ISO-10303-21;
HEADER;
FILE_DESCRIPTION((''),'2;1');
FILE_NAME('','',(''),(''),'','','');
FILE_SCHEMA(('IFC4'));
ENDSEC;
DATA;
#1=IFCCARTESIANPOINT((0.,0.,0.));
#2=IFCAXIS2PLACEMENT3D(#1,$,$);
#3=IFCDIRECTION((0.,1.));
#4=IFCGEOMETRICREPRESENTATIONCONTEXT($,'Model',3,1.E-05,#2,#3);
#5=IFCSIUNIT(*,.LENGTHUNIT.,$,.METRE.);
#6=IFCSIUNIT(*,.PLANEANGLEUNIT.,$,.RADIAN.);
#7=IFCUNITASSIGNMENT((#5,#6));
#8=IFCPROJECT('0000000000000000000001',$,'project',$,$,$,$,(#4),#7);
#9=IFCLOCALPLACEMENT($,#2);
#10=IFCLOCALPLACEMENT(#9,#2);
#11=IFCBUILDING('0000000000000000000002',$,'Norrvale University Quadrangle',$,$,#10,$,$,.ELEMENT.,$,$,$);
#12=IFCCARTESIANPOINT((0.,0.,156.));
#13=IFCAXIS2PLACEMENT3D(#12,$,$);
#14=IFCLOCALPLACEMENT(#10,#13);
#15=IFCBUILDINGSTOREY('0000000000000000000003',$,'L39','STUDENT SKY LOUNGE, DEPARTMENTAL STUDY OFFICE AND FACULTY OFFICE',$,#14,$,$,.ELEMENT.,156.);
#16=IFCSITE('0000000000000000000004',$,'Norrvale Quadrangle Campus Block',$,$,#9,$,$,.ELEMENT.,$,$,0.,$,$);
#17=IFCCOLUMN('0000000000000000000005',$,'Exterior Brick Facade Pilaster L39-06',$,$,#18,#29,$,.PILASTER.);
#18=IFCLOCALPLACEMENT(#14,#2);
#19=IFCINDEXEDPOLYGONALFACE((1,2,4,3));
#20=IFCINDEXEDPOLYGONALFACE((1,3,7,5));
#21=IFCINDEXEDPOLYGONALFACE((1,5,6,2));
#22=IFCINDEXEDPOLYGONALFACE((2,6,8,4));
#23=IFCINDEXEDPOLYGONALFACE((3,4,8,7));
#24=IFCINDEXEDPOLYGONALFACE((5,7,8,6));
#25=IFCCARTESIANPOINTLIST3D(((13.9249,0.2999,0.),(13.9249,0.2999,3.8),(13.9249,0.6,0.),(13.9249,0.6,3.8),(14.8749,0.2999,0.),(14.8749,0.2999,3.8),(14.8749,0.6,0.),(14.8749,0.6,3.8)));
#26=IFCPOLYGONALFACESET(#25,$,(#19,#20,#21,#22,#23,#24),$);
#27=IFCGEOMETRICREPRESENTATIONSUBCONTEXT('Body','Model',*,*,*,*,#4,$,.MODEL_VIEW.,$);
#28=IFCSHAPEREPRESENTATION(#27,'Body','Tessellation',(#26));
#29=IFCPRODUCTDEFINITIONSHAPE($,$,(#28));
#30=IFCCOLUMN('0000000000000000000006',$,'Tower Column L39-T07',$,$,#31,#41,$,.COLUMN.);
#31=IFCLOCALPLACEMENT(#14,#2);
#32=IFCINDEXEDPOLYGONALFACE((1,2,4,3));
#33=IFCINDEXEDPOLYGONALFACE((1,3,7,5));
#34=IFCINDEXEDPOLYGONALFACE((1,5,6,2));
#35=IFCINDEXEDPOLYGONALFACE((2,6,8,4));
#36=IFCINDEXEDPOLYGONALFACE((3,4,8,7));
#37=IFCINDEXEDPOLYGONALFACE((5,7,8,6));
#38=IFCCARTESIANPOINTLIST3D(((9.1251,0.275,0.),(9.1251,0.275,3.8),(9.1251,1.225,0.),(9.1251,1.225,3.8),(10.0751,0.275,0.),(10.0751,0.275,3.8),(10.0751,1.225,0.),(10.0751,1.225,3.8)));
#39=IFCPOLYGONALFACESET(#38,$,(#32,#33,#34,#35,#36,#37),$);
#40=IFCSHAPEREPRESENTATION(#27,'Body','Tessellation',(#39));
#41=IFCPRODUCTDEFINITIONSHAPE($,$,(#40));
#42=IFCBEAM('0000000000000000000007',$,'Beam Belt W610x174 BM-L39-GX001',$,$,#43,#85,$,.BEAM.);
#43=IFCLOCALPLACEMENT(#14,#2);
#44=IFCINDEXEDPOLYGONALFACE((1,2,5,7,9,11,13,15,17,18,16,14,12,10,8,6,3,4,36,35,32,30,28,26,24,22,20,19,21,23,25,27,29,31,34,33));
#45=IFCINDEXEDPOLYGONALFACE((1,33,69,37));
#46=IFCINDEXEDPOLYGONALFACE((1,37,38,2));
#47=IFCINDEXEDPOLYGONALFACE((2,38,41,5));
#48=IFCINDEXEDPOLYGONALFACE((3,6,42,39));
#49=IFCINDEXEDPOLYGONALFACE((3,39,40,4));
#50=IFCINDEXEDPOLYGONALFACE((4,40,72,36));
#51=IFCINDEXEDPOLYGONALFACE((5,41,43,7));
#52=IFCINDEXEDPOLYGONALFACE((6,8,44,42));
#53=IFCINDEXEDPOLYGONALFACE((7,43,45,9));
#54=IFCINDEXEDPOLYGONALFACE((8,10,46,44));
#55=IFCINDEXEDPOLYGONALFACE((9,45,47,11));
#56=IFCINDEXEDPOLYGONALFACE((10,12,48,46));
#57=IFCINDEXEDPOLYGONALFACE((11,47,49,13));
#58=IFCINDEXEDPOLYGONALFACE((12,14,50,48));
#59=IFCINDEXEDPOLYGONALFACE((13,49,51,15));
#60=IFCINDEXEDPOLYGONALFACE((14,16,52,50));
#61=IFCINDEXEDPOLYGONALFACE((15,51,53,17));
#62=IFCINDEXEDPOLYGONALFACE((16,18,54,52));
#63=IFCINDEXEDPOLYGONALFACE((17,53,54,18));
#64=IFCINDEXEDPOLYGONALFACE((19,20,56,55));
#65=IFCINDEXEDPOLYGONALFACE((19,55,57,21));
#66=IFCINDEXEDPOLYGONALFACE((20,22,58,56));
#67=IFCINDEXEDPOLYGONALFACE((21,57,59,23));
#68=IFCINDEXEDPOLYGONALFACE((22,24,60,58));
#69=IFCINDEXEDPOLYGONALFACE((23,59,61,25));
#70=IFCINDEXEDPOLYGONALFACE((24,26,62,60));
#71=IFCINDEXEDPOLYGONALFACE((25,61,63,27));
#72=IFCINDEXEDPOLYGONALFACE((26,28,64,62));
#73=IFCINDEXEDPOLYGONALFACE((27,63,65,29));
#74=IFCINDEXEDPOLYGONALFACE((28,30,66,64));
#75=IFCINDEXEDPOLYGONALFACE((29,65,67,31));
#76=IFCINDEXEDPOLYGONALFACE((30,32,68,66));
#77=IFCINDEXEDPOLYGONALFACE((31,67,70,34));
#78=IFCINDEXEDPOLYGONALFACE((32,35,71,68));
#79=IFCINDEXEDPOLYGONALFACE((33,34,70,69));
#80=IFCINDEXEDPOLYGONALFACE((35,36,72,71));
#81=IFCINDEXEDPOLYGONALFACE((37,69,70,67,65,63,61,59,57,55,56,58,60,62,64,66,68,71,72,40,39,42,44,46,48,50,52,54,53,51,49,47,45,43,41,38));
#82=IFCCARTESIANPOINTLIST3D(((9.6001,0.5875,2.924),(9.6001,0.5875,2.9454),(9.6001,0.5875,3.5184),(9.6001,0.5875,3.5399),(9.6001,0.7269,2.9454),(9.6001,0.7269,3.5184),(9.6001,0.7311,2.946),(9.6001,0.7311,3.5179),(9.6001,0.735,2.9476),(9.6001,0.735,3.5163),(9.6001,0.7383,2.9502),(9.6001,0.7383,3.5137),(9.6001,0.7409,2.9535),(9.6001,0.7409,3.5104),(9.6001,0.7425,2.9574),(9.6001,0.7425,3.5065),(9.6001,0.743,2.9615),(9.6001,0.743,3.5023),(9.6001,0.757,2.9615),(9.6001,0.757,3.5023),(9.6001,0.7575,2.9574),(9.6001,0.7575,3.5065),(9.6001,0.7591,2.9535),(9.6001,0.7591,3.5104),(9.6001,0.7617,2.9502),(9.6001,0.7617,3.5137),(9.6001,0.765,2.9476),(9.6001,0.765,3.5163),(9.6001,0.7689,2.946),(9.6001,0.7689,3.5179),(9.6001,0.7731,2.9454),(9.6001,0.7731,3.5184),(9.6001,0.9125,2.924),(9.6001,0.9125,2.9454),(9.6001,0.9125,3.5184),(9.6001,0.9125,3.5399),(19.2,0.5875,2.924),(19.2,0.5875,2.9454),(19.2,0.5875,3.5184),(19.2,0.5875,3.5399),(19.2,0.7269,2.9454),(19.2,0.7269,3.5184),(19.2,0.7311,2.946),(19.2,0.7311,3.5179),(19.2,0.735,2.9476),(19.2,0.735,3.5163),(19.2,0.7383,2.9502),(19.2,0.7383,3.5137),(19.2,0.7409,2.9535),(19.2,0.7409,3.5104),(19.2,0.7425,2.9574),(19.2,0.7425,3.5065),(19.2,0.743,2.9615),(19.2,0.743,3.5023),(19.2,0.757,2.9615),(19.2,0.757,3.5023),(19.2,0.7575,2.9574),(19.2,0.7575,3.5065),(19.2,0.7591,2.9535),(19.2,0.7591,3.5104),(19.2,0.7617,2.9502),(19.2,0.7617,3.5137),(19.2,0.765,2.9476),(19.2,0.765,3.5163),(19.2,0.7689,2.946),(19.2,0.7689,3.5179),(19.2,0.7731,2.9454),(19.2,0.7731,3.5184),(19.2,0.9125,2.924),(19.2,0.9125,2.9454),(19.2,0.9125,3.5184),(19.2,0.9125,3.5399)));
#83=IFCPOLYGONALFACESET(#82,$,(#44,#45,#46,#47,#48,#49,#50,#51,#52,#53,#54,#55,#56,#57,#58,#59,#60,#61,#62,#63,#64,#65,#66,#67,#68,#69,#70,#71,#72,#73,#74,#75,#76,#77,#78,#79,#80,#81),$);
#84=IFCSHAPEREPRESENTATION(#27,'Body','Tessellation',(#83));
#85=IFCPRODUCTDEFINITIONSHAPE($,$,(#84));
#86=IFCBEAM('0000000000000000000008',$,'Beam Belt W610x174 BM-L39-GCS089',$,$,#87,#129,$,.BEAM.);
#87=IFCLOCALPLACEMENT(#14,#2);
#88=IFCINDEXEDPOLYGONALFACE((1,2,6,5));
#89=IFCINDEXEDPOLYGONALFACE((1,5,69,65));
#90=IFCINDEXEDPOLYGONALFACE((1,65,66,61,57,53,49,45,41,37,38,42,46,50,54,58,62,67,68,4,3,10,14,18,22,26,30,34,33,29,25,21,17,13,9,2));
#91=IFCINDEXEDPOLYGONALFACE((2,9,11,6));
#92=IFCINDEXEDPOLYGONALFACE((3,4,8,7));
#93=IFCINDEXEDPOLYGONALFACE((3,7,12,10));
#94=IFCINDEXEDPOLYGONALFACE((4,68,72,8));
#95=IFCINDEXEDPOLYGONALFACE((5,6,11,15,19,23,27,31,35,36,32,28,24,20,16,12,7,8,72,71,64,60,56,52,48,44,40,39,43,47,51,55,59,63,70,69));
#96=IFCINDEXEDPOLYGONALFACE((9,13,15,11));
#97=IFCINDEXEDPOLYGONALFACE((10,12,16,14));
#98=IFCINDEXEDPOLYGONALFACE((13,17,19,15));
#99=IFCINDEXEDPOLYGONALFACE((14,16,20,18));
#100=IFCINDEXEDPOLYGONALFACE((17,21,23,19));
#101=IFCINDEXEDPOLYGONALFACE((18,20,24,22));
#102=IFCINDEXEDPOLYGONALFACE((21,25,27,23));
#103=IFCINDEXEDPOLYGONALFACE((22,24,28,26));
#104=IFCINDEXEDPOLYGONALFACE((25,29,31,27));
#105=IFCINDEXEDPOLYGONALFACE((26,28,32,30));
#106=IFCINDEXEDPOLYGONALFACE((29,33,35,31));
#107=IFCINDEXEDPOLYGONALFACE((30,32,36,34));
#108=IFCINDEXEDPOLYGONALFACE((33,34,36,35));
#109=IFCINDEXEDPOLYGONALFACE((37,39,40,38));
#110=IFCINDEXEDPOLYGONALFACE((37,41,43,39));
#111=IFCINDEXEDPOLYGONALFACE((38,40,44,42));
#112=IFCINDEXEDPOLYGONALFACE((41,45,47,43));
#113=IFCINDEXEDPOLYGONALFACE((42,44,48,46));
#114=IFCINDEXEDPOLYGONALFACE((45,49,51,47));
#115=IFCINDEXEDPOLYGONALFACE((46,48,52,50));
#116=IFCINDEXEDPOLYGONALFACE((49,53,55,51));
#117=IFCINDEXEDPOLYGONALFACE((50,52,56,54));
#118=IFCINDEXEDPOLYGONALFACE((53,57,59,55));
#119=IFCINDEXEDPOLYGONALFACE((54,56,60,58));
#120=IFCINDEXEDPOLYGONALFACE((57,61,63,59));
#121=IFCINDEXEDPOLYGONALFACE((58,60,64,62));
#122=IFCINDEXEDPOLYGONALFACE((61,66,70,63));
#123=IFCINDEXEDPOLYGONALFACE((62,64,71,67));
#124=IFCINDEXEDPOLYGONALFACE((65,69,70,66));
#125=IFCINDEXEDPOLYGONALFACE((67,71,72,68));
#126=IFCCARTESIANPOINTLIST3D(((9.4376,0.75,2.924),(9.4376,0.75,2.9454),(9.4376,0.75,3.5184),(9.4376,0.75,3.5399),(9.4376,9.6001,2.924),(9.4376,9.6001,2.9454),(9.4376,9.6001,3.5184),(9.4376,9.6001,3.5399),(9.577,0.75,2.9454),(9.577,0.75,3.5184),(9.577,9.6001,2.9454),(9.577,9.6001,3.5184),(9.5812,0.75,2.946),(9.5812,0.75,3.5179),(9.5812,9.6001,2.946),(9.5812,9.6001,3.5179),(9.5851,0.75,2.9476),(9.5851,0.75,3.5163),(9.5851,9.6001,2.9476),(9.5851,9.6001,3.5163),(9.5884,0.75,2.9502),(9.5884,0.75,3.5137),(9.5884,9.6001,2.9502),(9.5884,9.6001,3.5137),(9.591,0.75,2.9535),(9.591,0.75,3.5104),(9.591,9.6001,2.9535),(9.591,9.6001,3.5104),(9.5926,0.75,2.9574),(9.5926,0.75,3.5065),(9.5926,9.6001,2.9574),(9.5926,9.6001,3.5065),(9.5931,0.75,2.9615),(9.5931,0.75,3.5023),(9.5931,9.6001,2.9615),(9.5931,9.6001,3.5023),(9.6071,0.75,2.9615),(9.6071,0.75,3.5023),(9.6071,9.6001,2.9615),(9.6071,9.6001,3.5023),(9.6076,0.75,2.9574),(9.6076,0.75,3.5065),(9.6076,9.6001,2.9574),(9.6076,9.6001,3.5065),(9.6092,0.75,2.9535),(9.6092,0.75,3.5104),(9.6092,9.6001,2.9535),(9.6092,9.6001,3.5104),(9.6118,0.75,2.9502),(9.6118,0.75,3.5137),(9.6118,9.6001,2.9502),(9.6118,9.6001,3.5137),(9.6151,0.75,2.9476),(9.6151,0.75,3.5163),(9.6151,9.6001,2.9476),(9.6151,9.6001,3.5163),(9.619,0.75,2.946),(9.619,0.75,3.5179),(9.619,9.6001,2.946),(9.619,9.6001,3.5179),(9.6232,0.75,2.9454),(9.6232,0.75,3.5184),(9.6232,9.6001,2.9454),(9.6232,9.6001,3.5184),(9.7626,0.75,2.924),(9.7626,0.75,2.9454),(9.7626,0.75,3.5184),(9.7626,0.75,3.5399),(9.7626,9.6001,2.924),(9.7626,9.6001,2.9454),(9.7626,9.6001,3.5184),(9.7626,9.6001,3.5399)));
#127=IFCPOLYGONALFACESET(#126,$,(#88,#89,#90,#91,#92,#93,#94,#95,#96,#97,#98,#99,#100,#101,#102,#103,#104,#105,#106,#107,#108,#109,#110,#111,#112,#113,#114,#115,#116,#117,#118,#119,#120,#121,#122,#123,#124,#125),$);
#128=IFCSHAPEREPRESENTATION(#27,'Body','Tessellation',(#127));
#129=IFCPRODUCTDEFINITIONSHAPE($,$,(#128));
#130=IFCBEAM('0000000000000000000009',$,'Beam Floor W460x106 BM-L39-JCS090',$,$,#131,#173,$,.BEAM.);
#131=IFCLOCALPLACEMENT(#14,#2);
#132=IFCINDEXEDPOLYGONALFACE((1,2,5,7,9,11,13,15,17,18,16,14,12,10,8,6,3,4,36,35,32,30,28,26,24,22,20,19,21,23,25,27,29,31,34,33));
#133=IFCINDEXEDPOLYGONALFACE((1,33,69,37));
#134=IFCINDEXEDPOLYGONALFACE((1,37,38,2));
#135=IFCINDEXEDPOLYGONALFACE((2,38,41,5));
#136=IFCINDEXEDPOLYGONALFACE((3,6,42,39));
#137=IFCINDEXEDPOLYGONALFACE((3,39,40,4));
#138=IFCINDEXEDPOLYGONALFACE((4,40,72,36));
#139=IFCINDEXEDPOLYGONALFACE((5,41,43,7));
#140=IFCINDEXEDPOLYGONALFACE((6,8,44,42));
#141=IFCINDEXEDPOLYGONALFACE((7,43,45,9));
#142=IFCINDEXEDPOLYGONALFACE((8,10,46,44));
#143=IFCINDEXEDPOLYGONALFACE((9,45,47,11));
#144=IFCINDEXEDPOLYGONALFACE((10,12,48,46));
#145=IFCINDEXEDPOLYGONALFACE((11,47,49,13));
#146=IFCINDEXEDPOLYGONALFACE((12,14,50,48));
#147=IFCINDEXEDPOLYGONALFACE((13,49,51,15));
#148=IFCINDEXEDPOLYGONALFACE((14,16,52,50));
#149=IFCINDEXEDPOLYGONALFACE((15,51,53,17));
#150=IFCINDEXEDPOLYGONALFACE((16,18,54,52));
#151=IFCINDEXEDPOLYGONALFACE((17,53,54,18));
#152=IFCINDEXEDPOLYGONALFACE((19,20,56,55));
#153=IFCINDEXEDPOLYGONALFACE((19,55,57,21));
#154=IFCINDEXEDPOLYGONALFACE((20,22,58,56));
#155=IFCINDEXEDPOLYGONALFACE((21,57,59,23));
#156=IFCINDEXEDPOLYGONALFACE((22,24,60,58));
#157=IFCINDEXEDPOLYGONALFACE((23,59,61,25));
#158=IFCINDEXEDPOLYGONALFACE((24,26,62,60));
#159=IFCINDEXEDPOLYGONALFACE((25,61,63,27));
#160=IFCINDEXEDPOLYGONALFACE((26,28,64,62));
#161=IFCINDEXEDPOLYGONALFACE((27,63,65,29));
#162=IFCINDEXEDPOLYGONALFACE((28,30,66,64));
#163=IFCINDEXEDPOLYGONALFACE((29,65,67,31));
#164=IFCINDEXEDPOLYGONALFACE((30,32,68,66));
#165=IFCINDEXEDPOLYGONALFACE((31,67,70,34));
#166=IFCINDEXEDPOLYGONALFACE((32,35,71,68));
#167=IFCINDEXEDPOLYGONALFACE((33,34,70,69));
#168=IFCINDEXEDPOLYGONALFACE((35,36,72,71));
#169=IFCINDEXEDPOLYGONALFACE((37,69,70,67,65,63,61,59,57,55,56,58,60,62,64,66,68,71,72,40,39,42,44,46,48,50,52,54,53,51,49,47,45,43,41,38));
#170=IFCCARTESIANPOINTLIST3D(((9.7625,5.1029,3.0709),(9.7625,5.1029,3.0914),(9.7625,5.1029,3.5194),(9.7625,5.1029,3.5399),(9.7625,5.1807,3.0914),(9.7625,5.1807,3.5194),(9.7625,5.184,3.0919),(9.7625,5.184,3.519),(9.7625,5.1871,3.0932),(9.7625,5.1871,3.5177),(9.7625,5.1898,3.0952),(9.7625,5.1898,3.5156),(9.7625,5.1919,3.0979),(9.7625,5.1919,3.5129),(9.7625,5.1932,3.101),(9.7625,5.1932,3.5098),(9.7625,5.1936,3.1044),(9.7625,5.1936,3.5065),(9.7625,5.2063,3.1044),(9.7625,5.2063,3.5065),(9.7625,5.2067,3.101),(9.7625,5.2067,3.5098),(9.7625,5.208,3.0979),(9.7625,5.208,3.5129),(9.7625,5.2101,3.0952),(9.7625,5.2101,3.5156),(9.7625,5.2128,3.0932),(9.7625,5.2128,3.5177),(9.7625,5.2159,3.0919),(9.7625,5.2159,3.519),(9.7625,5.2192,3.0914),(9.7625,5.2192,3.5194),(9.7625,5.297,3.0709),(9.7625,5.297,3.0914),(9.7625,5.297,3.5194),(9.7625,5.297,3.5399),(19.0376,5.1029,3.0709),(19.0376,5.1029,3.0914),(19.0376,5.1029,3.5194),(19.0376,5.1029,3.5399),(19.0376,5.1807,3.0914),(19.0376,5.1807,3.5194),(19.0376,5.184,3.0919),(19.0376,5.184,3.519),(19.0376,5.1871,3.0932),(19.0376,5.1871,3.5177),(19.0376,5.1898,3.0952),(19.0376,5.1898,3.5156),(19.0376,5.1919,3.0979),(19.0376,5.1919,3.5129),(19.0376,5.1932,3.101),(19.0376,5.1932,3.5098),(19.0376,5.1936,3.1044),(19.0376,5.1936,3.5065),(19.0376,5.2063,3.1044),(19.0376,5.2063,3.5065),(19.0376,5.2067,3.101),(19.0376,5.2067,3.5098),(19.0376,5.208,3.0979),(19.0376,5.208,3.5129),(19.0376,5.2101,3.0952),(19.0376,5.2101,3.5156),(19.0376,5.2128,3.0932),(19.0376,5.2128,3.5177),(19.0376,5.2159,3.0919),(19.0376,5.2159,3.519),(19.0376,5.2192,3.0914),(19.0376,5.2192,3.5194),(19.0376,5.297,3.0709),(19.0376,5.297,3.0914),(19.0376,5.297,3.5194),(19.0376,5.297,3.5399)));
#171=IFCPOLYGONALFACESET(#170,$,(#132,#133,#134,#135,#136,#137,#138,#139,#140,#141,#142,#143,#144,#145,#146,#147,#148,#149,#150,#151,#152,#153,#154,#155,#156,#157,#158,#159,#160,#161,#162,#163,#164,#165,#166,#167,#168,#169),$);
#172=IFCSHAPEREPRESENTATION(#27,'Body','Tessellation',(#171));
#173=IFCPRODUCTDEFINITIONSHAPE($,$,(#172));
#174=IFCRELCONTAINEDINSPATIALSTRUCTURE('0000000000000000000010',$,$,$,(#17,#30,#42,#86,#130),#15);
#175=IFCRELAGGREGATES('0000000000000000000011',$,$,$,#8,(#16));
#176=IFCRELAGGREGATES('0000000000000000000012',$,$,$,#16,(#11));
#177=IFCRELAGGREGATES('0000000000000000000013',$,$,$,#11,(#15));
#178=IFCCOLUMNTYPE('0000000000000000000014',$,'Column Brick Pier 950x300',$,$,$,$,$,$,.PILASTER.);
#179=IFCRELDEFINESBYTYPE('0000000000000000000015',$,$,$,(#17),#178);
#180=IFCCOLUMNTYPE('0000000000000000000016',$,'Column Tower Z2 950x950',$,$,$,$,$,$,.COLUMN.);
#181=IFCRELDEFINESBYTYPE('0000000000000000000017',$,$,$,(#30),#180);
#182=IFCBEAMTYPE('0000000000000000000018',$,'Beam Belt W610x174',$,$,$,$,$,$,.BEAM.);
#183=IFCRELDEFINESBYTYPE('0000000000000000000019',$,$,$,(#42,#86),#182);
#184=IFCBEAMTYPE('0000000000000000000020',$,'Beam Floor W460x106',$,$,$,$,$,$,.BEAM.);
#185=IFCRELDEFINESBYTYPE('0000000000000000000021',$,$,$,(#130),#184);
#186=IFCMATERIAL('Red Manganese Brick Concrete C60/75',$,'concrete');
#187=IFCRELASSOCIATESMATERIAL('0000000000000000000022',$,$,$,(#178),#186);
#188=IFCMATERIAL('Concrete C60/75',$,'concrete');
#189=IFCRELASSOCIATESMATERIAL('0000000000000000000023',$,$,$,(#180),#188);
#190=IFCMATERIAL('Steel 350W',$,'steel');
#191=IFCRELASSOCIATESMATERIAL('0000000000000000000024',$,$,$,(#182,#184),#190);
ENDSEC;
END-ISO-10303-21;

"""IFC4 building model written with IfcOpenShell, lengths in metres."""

from ifc_helpers import new_model, si_unit, direction, frame, origin, origin_2d, place, context, subcontext, project, spatial, rectangle, i_section, extrude, material, material_profile, profile_set, type_object, element, save


model = new_model("IFC4")

# Units and contexts
model_context = context("Model", 3, precision=1e-05, world=origin(), true_north=direction((0.0, 1.0)))
body_context = subcontext(model_context, "Body", "Model", "MODEL_VIEW")
ifc_project = project(units=[si_unit("LENGTHUNIT", "METRE"), si_unit("PLANEANGLEUNIT", "RADIAN")], contexts=[model_context])

# Site, building, storey
site_placement = place(None, origin())
site = spatial("IfcSite", under=ifc_project, at=site_placement, Name="Norrvale Quadrangle Campus Block", CompositionType="ELEMENT", RefElevation=0.0)
building_placement = place(site_placement, origin())
building = spatial("IfcBuilding", under=site, at=building_placement, Name="Norrvale University Quadrangle", CompositionType="ELEMENT")
storey_placement = place(building_placement, frame((0.0, 0.0, 156.0)))
storey = spatial("IfcBuildingStorey", under=building, at=storey_placement, Name="L39", Description="STUDENT SKY LOUNGE, DEPARTMENTAL STUDY OFFICE AND FACULTY OFFICE", CompositionType="ELEMENT", Elevation=156.0)

# Columns
ifc_material_1 = material(Name="Red Manganese Brick Concrete C60/75", Category="concrete")
ifc_material_profile_1 = material_profile(ifc_material_1, rectangle(XDim=0.95, YDim=0.3, at=origin_2d()), Name="Red Manganese Brick Concrete C60/75")
ifc_profile_set_1 = profile_set([ifc_material_profile_1], Name="Red Manganese Brick Concrete C60/75")
column_type_1 = type_object("IfcColumnType", Name="Column Brick Pier 950x300", PredefinedType="PILASTER", material=ifc_profile_set_1)
column_1_placement = place(storey_placement, frame((14.3999, 0.45, 0.0), z_axis=(0.0, 0.0, 1.0), x_axis=(1.0, 0.0, 0.0)))
element("IfcColumn", 1, at=column_1_placement, inside=storey, type_object=column_type_1, Name="Exterior Brick Facade Pilaster L39-06", PredefinedType="PILASTER", context=body_context, shape_type="SweptSolid", body=[
    extrude(rectangle(XDim=0.95, YDim=0.3, at=origin_2d()), origin(), (0.0, 0.0, 1.0), 3.8),
])
ifc_material_2 = material(Name="Concrete C60/75", Category="concrete")
ifc_material_profile_2 = material_profile(ifc_material_2, rectangle(XDim=0.95, YDim=0.95, at=origin_2d()), Name="Concrete C60/75")
ifc_profile_set_2 = profile_set([ifc_material_profile_2], Name="Concrete C60/75")
column_type_2 = type_object("IfcColumnType", Name="Column Tower Z2 950x950", PredefinedType="COLUMN", material=ifc_profile_set_2)
column_2_placement = place(storey_placement, frame((9.6001, 0.75, 0.0), z_axis=(0.0, 0.0, 1.0), x_axis=(1.0, 0.0, 0.0)))
element("IfcColumn", 2, at=column_2_placement, inside=storey, type_object=column_type_2, Name="Tower Column L39-T07", PredefinedType="COLUMN", context=body_context, shape_type="SweptSolid", body=[
    extrude(rectangle(XDim=0.95, YDim=0.95, at=origin_2d()), origin(), (0.0, 0.0, 1.0), 3.8),
])

# Beams
ifc_material_3 = material(Name="Steel 350W", Category="steel")
ifc_material_profile_3 = material_profile(ifc_material_3, i_section(OverallWidth=0.325, OverallDepth=0.616, WebThickness=0.0139, FlangeThickness=0.0215, FilletRadius=0.0161, at=origin_2d()), Name="Steel 350W")
ifc_profile_set_3 = profile_set([ifc_material_profile_3], Name="Steel 350W")
beam_type_1 = type_object("IfcBeamType", Name="Beam Belt W610x174", PredefinedType="BEAM", material=ifc_profile_set_3)
beam_1_placement = place(storey_placement, frame((9.6001, 0.75, 3.2319), z_axis=(1.0, 0.0, 0.0), x_axis=(0.0, 1.0, 0.0)))
element("IfcBeam", 3, at=beam_1_placement, inside=storey, type_object=beam_type_1, Name="Beam Belt W610x174 BM-L39-GX001", PredefinedType="BEAM", context=body_context, shape_type="SweptSolid", body=[
    extrude(i_section(OverallWidth=0.325, OverallDepth=0.616, WebThickness=0.0139, FlangeThickness=0.0215, FilletRadius=0.0161, at=origin_2d()), origin(), (0.0, 0.0, 1.0), 9.5999),
])
beam_2_placement = place(storey_placement, frame((9.6001, 0.75, 3.2319), z_axis=(0.0, 1.0, 0.0), x_axis=(-1.0, 0.0, 0.0)))
element("IfcBeam", 4, at=beam_2_placement, inside=storey, type_object=beam_type_1, Name="Beam Belt W610x174 BM-L39-GCS089", PredefinedType="BEAM", context=body_context, shape_type="SweptSolid", body=[
    extrude(i_section(OverallWidth=0.325, OverallDepth=0.616, WebThickness=0.0139, FlangeThickness=0.0215, FilletRadius=0.0161, at=origin_2d()), origin(), (0.0, 0.0, 1.0), 8.8501),
])
ifc_material_profile_4 = material_profile(ifc_material_3, i_section(OverallWidth=0.1941, OverallDepth=0.469, WebThickness=0.0127, FlangeThickness=0.0205, FilletRadius=0.0129, at=origin_2d()), Name="Steel 350W")
ifc_profile_set_4 = profile_set([ifc_material_profile_4], Name="Steel 350W")
beam_type_2 = type_object("IfcBeamType", Name="Beam Floor W460x106", PredefinedType="BEAM", material=ifc_profile_set_4)
beam_3_placement = place(storey_placement, frame((9.7625, 5.2, 3.3054), z_axis=(1.0, 0.0, 0.0), x_axis=(0.0, 1.0, 0.0)))
element("IfcBeam", 5, at=beam_3_placement, inside=storey, type_object=beam_type_2, Name="Beam Floor W460x106 BM-L39-JCS090", PredefinedType="BEAM", context=body_context, shape_type="SweptSolid", body=[
    extrude(i_section(OverallWidth=0.1941, OverallDepth=0.469, WebThickness=0.0127, FlangeThickness=0.0205, FilletRadius=0.0129, at=origin_2d()), origin(), (0.0, 0.0, 1.0), 9.2751),
])

save(model, "model.ifc")
